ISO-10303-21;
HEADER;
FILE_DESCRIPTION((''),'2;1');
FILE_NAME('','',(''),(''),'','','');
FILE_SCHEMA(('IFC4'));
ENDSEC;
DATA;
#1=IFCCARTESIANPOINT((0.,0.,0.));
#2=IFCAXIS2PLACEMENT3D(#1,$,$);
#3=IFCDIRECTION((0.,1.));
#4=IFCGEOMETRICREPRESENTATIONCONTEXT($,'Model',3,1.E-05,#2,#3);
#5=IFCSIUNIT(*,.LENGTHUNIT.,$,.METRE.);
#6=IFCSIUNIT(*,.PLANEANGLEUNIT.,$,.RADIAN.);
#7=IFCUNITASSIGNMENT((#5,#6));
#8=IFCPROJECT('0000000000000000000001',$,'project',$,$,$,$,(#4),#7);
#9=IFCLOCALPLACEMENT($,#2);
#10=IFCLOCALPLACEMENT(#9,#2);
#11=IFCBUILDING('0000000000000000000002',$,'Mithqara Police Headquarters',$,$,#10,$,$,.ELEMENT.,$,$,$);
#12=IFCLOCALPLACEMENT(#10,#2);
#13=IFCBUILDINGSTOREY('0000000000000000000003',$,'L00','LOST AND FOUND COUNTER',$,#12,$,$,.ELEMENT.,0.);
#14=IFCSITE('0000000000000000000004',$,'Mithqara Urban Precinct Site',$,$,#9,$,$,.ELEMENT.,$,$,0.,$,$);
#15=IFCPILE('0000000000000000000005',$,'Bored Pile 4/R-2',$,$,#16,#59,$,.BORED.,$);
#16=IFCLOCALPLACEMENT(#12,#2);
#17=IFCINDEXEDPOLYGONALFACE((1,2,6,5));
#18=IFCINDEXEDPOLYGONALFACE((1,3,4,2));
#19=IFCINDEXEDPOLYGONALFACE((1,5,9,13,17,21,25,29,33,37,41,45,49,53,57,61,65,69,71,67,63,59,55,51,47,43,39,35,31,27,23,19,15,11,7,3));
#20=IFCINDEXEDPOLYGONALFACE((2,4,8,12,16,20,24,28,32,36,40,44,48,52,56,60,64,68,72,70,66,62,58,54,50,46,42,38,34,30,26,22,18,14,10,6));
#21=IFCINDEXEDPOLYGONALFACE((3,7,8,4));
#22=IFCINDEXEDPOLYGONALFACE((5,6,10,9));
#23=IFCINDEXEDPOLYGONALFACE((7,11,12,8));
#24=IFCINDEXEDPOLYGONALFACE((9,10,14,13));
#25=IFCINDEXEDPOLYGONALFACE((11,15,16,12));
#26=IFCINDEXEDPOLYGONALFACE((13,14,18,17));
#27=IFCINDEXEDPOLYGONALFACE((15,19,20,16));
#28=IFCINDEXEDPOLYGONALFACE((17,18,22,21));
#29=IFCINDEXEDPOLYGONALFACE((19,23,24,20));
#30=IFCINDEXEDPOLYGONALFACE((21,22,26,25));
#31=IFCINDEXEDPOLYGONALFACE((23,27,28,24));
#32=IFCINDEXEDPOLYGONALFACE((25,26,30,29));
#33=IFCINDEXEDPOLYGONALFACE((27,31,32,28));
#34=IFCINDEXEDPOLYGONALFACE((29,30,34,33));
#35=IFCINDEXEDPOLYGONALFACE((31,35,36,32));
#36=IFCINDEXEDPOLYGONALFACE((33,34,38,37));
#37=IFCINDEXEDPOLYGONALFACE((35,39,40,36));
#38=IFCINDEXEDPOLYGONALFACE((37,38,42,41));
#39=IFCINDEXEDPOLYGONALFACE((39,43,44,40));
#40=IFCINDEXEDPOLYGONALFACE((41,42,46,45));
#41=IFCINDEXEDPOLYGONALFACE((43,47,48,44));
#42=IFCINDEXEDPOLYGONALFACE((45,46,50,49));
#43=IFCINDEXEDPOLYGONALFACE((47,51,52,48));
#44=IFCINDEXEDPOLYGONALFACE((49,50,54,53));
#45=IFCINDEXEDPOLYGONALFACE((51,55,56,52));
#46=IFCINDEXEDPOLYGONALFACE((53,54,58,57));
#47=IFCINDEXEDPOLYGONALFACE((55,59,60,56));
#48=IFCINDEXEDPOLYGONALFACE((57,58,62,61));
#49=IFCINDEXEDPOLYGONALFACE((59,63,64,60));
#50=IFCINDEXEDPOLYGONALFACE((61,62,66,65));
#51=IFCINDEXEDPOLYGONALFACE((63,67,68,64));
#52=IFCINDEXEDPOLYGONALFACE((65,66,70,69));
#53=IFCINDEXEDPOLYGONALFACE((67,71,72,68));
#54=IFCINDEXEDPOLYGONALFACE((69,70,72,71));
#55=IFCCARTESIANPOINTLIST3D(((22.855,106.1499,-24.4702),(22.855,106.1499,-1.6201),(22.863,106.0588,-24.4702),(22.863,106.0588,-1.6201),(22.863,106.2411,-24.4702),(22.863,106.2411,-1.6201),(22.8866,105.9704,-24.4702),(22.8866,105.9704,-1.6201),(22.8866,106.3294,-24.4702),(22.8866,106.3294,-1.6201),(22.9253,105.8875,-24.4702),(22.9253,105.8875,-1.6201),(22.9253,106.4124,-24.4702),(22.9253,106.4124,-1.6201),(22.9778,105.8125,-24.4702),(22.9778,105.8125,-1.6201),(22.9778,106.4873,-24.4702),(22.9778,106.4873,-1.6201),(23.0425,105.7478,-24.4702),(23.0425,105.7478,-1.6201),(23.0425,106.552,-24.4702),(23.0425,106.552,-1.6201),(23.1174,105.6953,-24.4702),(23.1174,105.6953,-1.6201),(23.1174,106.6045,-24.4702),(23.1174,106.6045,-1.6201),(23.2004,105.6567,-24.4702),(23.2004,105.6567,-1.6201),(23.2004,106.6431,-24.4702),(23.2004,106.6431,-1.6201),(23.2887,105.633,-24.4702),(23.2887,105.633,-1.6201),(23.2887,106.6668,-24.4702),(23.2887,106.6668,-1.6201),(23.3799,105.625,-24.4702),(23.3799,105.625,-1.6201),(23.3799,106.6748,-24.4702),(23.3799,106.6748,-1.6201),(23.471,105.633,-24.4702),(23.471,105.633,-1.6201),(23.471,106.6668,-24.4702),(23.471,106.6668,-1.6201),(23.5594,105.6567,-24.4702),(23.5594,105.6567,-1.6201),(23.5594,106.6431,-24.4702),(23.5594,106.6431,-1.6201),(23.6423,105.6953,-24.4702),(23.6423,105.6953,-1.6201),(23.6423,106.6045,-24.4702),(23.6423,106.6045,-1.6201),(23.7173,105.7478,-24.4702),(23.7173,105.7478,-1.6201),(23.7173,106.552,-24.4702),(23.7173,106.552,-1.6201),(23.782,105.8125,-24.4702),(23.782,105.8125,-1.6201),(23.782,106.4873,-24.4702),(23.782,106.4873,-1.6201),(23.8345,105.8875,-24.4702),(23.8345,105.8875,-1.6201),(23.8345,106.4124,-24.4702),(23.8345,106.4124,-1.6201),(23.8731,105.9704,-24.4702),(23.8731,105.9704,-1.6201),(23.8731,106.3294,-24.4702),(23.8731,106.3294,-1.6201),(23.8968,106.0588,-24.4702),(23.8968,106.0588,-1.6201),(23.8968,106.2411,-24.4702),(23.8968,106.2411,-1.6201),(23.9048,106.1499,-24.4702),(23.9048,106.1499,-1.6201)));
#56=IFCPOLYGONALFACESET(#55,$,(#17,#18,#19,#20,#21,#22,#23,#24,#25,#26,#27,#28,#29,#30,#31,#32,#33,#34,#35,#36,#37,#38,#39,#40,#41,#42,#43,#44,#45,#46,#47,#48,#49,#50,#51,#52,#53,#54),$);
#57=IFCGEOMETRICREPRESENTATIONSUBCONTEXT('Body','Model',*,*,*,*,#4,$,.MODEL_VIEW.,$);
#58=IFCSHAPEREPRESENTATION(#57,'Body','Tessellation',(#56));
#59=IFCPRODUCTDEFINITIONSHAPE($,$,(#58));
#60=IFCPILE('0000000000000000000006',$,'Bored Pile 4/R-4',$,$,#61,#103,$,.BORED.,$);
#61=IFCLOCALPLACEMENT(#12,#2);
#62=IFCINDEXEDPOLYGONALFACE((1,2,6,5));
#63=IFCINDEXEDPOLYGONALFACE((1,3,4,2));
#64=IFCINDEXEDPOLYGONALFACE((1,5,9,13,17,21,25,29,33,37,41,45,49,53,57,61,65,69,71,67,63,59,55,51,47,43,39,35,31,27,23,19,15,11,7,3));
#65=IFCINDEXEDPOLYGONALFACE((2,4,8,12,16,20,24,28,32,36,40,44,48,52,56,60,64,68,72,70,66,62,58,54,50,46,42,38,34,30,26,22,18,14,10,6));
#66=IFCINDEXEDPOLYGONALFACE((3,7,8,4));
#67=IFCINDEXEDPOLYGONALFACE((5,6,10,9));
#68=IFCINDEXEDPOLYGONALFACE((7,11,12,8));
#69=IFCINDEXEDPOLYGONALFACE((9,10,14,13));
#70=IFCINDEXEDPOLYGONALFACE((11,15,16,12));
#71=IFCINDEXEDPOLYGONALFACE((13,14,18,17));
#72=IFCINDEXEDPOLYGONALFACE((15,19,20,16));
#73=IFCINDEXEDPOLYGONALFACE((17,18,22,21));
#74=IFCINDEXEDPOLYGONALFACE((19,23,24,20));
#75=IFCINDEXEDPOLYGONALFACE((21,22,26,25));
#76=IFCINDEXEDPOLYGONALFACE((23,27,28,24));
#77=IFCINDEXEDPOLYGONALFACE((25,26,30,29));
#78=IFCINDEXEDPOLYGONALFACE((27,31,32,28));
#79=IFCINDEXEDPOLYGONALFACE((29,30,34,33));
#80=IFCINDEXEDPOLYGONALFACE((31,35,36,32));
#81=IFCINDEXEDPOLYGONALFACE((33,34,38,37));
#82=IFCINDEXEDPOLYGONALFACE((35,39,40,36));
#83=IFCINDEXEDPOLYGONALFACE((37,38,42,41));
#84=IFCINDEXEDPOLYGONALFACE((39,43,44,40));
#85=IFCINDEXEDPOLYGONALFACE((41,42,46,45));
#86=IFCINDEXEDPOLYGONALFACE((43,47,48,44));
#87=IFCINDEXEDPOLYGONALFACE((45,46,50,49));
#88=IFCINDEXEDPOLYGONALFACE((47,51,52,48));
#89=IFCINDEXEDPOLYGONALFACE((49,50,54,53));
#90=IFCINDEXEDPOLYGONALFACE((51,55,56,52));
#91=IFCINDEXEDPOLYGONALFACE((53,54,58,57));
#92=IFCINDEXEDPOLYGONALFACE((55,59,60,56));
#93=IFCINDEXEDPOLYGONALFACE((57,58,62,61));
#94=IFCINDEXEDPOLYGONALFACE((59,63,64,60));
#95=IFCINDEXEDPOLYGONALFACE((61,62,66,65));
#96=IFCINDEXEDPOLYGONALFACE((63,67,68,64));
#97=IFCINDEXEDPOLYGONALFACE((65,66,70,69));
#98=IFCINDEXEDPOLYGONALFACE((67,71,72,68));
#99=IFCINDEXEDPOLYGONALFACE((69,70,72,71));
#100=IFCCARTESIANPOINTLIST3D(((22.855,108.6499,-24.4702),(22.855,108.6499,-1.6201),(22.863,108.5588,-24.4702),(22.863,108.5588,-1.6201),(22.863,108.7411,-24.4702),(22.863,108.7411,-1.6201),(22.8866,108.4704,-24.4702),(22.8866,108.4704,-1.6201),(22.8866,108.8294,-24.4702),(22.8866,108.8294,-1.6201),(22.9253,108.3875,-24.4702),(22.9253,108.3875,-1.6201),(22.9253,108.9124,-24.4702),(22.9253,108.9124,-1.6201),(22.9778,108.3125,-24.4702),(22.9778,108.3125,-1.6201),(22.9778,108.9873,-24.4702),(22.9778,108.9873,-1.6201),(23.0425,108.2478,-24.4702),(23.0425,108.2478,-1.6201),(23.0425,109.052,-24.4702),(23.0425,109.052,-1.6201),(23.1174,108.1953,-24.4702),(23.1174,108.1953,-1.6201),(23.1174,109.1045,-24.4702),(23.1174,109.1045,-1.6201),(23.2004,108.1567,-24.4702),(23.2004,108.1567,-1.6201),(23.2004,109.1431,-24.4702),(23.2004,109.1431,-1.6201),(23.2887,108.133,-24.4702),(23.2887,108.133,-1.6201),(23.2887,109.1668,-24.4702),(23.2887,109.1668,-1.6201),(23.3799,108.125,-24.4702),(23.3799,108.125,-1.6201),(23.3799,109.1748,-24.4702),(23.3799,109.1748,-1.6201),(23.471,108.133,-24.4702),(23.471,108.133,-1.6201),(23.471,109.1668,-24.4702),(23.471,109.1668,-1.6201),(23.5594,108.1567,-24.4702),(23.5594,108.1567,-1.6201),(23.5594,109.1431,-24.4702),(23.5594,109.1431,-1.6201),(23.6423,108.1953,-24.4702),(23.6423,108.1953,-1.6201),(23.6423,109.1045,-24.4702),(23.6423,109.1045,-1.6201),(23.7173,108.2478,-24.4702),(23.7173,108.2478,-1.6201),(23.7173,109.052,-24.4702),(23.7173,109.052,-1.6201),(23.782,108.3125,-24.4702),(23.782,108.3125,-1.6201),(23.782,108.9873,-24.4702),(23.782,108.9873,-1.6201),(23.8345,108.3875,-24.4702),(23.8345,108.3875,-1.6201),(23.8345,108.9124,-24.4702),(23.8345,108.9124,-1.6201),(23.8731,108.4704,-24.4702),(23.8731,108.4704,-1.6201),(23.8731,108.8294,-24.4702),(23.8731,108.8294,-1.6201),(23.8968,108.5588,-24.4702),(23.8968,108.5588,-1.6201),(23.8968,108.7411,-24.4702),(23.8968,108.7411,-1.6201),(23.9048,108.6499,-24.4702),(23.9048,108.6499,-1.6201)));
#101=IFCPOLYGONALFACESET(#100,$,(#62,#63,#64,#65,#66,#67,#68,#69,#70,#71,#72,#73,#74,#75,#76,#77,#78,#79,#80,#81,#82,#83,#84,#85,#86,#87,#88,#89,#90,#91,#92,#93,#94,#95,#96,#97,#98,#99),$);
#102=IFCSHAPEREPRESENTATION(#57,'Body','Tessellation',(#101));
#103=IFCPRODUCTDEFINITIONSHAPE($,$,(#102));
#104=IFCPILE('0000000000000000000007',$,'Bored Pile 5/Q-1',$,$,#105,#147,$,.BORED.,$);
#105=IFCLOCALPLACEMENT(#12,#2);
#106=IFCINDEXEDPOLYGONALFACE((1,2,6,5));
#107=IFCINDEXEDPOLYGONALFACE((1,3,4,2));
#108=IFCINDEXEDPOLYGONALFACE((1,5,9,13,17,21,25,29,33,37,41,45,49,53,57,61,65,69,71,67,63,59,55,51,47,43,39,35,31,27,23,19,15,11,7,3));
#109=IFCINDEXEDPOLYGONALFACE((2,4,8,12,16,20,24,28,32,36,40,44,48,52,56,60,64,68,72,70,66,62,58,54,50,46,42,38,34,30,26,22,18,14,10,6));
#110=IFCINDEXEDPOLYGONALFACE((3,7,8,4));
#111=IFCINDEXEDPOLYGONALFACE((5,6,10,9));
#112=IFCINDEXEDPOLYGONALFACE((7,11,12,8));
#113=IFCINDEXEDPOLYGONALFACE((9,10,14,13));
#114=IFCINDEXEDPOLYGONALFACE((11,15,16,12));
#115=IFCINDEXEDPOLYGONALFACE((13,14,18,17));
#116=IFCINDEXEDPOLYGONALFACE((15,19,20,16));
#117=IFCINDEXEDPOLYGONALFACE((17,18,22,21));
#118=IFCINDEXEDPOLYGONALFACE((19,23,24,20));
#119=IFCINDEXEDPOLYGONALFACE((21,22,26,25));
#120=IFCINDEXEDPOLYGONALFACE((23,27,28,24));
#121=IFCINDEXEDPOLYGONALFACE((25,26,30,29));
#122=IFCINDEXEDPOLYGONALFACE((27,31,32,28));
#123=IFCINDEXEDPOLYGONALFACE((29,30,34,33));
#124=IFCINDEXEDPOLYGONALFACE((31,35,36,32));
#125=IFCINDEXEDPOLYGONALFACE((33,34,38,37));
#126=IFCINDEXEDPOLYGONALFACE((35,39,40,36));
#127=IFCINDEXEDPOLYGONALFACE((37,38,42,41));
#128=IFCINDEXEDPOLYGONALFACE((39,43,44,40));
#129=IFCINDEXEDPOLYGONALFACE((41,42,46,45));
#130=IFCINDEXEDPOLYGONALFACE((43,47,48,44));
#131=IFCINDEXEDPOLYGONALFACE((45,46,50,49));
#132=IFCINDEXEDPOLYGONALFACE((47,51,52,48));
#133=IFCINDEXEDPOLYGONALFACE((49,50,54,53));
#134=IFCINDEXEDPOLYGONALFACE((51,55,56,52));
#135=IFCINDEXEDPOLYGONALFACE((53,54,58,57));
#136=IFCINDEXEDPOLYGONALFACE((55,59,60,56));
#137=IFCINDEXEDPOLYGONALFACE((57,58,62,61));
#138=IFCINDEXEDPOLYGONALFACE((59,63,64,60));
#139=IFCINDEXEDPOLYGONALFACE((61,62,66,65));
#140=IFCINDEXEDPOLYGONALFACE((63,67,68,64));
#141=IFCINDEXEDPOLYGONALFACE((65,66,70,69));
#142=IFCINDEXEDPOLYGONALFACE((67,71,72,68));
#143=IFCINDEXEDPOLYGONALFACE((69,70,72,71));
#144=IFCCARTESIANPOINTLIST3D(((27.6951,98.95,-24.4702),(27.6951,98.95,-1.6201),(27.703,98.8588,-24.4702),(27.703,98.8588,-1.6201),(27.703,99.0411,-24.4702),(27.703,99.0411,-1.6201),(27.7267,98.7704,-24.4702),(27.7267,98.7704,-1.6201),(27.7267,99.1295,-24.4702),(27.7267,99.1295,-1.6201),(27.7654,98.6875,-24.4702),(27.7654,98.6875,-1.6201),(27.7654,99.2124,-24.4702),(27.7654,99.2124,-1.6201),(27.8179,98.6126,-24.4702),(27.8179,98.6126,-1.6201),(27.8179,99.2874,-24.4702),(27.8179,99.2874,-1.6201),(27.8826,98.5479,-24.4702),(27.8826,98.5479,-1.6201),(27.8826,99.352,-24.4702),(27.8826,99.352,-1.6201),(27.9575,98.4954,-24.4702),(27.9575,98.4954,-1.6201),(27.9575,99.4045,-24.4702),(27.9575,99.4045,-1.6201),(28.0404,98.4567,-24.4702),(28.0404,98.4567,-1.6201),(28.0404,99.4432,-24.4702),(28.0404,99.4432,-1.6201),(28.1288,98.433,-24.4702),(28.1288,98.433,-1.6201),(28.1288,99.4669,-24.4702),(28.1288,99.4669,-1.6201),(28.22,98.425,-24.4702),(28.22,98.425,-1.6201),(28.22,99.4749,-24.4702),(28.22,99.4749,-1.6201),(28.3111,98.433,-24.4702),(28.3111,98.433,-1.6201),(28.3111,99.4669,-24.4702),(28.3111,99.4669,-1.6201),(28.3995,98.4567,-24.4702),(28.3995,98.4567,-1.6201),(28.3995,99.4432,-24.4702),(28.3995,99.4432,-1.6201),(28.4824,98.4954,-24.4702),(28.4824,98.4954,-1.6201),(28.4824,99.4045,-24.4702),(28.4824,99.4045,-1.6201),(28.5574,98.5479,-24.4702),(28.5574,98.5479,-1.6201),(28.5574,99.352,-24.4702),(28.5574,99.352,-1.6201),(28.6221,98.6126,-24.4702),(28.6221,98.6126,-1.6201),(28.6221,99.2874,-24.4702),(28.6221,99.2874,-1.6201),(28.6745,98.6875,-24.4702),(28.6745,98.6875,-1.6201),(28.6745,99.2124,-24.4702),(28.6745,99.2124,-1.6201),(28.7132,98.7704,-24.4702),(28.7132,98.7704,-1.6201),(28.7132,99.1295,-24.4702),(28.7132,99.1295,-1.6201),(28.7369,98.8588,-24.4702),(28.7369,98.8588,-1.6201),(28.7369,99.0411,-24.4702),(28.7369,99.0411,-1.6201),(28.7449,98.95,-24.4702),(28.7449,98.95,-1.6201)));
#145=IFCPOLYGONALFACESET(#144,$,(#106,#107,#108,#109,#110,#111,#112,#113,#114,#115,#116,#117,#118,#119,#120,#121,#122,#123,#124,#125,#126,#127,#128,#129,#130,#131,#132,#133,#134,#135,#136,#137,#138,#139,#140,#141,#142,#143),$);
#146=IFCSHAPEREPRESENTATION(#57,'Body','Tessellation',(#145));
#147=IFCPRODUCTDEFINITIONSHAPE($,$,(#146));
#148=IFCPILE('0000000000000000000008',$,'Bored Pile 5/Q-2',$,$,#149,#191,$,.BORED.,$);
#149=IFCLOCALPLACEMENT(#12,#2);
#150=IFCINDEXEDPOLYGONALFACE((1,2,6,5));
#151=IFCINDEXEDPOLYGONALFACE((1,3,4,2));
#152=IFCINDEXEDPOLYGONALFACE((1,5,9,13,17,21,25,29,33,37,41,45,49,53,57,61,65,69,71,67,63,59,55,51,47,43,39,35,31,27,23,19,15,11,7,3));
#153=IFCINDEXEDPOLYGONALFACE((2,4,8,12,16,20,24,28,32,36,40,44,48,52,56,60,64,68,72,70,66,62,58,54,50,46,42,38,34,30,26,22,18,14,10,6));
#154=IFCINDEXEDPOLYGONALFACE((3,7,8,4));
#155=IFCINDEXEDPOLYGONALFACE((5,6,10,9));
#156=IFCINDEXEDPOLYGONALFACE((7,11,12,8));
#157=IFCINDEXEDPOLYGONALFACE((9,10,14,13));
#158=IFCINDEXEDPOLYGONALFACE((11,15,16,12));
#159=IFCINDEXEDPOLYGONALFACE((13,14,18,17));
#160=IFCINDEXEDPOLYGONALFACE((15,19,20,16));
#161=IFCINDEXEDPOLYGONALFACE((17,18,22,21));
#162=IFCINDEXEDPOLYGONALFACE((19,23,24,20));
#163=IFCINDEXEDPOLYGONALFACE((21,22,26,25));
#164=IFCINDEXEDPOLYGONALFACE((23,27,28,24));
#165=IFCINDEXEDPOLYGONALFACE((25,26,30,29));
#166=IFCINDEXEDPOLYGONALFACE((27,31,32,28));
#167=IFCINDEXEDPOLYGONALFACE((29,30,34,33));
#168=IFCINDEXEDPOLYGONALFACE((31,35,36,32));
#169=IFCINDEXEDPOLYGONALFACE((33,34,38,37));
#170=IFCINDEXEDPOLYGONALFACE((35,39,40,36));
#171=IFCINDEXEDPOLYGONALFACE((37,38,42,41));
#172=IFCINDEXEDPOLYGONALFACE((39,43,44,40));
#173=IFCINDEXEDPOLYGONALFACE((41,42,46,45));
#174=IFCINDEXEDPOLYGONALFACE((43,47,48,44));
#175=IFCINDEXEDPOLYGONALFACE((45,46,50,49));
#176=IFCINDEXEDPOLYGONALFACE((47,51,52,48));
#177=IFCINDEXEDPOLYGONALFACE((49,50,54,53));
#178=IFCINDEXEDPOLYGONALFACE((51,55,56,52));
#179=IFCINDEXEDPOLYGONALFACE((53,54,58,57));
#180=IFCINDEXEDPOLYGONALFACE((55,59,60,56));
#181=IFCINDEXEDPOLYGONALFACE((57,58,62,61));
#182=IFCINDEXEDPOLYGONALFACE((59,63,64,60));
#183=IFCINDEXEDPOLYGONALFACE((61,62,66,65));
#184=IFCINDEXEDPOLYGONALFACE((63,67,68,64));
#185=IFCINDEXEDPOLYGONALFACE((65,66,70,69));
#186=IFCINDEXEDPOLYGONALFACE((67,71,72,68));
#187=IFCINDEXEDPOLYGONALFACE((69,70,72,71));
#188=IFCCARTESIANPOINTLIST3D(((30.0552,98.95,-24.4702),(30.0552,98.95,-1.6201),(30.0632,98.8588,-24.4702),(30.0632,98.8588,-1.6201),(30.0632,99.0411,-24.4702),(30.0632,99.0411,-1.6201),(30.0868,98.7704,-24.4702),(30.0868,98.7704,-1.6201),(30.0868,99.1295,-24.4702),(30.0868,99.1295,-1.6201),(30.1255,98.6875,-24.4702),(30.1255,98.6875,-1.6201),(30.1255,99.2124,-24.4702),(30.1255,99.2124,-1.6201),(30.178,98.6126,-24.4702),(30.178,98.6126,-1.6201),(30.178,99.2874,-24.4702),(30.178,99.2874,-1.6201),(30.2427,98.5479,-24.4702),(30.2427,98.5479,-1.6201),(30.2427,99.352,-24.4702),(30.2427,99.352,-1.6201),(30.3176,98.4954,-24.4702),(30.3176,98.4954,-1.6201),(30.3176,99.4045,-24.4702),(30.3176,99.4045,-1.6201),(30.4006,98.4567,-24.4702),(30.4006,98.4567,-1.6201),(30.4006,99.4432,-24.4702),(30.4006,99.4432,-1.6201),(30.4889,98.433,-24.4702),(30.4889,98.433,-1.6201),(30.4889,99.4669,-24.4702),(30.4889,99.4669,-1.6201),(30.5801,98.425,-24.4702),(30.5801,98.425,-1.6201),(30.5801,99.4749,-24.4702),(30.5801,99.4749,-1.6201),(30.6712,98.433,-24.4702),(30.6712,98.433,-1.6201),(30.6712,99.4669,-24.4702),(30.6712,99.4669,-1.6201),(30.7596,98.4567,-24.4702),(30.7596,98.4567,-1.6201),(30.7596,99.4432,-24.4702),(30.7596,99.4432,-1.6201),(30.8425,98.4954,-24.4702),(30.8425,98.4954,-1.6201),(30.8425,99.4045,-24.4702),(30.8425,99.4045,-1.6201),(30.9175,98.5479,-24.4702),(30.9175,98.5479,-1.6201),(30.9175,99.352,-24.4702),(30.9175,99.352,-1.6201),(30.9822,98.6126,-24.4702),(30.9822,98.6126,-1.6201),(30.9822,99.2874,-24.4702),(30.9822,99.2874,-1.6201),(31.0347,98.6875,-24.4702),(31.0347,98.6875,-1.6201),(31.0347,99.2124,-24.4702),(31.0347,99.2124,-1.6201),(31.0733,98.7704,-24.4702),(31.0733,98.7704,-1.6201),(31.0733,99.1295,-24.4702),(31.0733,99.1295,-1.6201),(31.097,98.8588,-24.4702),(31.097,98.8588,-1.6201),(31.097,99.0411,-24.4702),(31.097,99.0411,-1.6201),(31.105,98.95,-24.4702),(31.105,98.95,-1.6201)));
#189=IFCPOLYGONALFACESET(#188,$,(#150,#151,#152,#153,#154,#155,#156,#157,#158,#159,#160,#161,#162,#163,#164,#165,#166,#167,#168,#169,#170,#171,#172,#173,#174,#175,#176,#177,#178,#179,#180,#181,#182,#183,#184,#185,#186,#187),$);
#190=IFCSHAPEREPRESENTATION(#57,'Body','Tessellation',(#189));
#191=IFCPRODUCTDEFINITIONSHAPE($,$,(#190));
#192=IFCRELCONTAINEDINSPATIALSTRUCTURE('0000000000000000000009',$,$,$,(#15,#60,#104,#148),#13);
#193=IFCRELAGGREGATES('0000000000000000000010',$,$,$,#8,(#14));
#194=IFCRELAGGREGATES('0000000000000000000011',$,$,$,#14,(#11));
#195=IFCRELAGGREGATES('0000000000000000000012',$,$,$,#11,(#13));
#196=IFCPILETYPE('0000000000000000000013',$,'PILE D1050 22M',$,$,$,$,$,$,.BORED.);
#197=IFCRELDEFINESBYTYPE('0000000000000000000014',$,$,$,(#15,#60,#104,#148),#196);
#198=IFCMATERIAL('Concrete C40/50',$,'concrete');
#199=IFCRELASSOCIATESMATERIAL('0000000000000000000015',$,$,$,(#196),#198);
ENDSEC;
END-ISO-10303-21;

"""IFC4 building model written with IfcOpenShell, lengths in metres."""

from ifc_helpers import new_model, si_unit, direction, frame, origin, origin_2d, place, context, subcontext, project, spatial, circle, extrude, material, material_profile, profile_set, type_object, element, save


model = new_model("IFC4")

# Units and contexts
model_context = context("Model", 3, precision=1e-05, world=origin(), true_north=direction((0.0, 1.0)))
body_context = subcontext(model_context, "Body", "Model", "MODEL_VIEW")
ifc_project = project(units=[si_unit("LENGTHUNIT", "METRE"), si_unit("PLANEANGLEUNIT", "RADIAN")], contexts=[model_context])

# Site, building, storey
site_placement = place(None, origin())
site = spatial("IfcSite", under=ifc_project, at=site_placement, Name="Mithqara Urban Precinct Site", CompositionType="ELEMENT", RefElevation=0.0)
building_placement = place(site_placement, origin())
building = spatial("IfcBuilding", under=site, at=building_placement, Name="Mithqara Police Headquarters", CompositionType="ELEMENT")
storey_placement = place(building_placement, origin())
storey = spatial("IfcBuildingStorey", under=building, at=storey_placement, Name="L00", Description="LOST AND FOUND COUNTER", CompositionType="ELEMENT", Elevation=0.0)

# Shared definitions
ifc_material_1 = material(Name="Concrete C40/50", Category="concrete")

# Piles
ifc_material_profile_1 = material_profile(ifc_material_1, circle(Radius=0.5249, at=origin_2d()), Name="PILE D1050")
ifc_profile_set_1 = profile_set([ifc_material_profile_1], Name="Concrete C40/50")
pile_type = type_object("IfcPileType", Name="PILE D1050 22M", PredefinedType="BORED", material=ifc_profile_set_1)
for number, where, z_axis, x_axis, name in (
    (1, (23.3799, 106.1499, -1.6201), (0.0, 0.0, -1.0), (1.0, 0.0, 0.0), "Bored Pile 4/R-2"),
    (2, (23.3799, 108.6499, -1.6201), (0.0, 0.0, -1.0), (1.0, 0.0, 0.0), "Bored Pile 4/R-4"),
    (3, (28.22, 98.95, -1.6201), (0.0, 0.0, -1.0), (1.0, 0.0, 0.0), "Bored Pile 5/Q-1"),
    (4, (30.5801, 98.95, -1.6201), (0.0, 0.0, -1.0), (1.0, 0.0, 0.0), "Bored Pile 5/Q-2"),
):
    element("IfcPile", number, at=place(storey_placement, frame(where, z_axis=z_axis, x_axis=x_axis)), inside=storey, type_object=pile_type, Name=name, PredefinedType="BORED", context=body_context, shape_type="SweptSolid", body=[
        extrude(circle(Radius=0.5249, at=origin_2d()), origin(), (0.0, 0.0, 1.0), 22.8501),
    ])

save(model, "model.ifc")
